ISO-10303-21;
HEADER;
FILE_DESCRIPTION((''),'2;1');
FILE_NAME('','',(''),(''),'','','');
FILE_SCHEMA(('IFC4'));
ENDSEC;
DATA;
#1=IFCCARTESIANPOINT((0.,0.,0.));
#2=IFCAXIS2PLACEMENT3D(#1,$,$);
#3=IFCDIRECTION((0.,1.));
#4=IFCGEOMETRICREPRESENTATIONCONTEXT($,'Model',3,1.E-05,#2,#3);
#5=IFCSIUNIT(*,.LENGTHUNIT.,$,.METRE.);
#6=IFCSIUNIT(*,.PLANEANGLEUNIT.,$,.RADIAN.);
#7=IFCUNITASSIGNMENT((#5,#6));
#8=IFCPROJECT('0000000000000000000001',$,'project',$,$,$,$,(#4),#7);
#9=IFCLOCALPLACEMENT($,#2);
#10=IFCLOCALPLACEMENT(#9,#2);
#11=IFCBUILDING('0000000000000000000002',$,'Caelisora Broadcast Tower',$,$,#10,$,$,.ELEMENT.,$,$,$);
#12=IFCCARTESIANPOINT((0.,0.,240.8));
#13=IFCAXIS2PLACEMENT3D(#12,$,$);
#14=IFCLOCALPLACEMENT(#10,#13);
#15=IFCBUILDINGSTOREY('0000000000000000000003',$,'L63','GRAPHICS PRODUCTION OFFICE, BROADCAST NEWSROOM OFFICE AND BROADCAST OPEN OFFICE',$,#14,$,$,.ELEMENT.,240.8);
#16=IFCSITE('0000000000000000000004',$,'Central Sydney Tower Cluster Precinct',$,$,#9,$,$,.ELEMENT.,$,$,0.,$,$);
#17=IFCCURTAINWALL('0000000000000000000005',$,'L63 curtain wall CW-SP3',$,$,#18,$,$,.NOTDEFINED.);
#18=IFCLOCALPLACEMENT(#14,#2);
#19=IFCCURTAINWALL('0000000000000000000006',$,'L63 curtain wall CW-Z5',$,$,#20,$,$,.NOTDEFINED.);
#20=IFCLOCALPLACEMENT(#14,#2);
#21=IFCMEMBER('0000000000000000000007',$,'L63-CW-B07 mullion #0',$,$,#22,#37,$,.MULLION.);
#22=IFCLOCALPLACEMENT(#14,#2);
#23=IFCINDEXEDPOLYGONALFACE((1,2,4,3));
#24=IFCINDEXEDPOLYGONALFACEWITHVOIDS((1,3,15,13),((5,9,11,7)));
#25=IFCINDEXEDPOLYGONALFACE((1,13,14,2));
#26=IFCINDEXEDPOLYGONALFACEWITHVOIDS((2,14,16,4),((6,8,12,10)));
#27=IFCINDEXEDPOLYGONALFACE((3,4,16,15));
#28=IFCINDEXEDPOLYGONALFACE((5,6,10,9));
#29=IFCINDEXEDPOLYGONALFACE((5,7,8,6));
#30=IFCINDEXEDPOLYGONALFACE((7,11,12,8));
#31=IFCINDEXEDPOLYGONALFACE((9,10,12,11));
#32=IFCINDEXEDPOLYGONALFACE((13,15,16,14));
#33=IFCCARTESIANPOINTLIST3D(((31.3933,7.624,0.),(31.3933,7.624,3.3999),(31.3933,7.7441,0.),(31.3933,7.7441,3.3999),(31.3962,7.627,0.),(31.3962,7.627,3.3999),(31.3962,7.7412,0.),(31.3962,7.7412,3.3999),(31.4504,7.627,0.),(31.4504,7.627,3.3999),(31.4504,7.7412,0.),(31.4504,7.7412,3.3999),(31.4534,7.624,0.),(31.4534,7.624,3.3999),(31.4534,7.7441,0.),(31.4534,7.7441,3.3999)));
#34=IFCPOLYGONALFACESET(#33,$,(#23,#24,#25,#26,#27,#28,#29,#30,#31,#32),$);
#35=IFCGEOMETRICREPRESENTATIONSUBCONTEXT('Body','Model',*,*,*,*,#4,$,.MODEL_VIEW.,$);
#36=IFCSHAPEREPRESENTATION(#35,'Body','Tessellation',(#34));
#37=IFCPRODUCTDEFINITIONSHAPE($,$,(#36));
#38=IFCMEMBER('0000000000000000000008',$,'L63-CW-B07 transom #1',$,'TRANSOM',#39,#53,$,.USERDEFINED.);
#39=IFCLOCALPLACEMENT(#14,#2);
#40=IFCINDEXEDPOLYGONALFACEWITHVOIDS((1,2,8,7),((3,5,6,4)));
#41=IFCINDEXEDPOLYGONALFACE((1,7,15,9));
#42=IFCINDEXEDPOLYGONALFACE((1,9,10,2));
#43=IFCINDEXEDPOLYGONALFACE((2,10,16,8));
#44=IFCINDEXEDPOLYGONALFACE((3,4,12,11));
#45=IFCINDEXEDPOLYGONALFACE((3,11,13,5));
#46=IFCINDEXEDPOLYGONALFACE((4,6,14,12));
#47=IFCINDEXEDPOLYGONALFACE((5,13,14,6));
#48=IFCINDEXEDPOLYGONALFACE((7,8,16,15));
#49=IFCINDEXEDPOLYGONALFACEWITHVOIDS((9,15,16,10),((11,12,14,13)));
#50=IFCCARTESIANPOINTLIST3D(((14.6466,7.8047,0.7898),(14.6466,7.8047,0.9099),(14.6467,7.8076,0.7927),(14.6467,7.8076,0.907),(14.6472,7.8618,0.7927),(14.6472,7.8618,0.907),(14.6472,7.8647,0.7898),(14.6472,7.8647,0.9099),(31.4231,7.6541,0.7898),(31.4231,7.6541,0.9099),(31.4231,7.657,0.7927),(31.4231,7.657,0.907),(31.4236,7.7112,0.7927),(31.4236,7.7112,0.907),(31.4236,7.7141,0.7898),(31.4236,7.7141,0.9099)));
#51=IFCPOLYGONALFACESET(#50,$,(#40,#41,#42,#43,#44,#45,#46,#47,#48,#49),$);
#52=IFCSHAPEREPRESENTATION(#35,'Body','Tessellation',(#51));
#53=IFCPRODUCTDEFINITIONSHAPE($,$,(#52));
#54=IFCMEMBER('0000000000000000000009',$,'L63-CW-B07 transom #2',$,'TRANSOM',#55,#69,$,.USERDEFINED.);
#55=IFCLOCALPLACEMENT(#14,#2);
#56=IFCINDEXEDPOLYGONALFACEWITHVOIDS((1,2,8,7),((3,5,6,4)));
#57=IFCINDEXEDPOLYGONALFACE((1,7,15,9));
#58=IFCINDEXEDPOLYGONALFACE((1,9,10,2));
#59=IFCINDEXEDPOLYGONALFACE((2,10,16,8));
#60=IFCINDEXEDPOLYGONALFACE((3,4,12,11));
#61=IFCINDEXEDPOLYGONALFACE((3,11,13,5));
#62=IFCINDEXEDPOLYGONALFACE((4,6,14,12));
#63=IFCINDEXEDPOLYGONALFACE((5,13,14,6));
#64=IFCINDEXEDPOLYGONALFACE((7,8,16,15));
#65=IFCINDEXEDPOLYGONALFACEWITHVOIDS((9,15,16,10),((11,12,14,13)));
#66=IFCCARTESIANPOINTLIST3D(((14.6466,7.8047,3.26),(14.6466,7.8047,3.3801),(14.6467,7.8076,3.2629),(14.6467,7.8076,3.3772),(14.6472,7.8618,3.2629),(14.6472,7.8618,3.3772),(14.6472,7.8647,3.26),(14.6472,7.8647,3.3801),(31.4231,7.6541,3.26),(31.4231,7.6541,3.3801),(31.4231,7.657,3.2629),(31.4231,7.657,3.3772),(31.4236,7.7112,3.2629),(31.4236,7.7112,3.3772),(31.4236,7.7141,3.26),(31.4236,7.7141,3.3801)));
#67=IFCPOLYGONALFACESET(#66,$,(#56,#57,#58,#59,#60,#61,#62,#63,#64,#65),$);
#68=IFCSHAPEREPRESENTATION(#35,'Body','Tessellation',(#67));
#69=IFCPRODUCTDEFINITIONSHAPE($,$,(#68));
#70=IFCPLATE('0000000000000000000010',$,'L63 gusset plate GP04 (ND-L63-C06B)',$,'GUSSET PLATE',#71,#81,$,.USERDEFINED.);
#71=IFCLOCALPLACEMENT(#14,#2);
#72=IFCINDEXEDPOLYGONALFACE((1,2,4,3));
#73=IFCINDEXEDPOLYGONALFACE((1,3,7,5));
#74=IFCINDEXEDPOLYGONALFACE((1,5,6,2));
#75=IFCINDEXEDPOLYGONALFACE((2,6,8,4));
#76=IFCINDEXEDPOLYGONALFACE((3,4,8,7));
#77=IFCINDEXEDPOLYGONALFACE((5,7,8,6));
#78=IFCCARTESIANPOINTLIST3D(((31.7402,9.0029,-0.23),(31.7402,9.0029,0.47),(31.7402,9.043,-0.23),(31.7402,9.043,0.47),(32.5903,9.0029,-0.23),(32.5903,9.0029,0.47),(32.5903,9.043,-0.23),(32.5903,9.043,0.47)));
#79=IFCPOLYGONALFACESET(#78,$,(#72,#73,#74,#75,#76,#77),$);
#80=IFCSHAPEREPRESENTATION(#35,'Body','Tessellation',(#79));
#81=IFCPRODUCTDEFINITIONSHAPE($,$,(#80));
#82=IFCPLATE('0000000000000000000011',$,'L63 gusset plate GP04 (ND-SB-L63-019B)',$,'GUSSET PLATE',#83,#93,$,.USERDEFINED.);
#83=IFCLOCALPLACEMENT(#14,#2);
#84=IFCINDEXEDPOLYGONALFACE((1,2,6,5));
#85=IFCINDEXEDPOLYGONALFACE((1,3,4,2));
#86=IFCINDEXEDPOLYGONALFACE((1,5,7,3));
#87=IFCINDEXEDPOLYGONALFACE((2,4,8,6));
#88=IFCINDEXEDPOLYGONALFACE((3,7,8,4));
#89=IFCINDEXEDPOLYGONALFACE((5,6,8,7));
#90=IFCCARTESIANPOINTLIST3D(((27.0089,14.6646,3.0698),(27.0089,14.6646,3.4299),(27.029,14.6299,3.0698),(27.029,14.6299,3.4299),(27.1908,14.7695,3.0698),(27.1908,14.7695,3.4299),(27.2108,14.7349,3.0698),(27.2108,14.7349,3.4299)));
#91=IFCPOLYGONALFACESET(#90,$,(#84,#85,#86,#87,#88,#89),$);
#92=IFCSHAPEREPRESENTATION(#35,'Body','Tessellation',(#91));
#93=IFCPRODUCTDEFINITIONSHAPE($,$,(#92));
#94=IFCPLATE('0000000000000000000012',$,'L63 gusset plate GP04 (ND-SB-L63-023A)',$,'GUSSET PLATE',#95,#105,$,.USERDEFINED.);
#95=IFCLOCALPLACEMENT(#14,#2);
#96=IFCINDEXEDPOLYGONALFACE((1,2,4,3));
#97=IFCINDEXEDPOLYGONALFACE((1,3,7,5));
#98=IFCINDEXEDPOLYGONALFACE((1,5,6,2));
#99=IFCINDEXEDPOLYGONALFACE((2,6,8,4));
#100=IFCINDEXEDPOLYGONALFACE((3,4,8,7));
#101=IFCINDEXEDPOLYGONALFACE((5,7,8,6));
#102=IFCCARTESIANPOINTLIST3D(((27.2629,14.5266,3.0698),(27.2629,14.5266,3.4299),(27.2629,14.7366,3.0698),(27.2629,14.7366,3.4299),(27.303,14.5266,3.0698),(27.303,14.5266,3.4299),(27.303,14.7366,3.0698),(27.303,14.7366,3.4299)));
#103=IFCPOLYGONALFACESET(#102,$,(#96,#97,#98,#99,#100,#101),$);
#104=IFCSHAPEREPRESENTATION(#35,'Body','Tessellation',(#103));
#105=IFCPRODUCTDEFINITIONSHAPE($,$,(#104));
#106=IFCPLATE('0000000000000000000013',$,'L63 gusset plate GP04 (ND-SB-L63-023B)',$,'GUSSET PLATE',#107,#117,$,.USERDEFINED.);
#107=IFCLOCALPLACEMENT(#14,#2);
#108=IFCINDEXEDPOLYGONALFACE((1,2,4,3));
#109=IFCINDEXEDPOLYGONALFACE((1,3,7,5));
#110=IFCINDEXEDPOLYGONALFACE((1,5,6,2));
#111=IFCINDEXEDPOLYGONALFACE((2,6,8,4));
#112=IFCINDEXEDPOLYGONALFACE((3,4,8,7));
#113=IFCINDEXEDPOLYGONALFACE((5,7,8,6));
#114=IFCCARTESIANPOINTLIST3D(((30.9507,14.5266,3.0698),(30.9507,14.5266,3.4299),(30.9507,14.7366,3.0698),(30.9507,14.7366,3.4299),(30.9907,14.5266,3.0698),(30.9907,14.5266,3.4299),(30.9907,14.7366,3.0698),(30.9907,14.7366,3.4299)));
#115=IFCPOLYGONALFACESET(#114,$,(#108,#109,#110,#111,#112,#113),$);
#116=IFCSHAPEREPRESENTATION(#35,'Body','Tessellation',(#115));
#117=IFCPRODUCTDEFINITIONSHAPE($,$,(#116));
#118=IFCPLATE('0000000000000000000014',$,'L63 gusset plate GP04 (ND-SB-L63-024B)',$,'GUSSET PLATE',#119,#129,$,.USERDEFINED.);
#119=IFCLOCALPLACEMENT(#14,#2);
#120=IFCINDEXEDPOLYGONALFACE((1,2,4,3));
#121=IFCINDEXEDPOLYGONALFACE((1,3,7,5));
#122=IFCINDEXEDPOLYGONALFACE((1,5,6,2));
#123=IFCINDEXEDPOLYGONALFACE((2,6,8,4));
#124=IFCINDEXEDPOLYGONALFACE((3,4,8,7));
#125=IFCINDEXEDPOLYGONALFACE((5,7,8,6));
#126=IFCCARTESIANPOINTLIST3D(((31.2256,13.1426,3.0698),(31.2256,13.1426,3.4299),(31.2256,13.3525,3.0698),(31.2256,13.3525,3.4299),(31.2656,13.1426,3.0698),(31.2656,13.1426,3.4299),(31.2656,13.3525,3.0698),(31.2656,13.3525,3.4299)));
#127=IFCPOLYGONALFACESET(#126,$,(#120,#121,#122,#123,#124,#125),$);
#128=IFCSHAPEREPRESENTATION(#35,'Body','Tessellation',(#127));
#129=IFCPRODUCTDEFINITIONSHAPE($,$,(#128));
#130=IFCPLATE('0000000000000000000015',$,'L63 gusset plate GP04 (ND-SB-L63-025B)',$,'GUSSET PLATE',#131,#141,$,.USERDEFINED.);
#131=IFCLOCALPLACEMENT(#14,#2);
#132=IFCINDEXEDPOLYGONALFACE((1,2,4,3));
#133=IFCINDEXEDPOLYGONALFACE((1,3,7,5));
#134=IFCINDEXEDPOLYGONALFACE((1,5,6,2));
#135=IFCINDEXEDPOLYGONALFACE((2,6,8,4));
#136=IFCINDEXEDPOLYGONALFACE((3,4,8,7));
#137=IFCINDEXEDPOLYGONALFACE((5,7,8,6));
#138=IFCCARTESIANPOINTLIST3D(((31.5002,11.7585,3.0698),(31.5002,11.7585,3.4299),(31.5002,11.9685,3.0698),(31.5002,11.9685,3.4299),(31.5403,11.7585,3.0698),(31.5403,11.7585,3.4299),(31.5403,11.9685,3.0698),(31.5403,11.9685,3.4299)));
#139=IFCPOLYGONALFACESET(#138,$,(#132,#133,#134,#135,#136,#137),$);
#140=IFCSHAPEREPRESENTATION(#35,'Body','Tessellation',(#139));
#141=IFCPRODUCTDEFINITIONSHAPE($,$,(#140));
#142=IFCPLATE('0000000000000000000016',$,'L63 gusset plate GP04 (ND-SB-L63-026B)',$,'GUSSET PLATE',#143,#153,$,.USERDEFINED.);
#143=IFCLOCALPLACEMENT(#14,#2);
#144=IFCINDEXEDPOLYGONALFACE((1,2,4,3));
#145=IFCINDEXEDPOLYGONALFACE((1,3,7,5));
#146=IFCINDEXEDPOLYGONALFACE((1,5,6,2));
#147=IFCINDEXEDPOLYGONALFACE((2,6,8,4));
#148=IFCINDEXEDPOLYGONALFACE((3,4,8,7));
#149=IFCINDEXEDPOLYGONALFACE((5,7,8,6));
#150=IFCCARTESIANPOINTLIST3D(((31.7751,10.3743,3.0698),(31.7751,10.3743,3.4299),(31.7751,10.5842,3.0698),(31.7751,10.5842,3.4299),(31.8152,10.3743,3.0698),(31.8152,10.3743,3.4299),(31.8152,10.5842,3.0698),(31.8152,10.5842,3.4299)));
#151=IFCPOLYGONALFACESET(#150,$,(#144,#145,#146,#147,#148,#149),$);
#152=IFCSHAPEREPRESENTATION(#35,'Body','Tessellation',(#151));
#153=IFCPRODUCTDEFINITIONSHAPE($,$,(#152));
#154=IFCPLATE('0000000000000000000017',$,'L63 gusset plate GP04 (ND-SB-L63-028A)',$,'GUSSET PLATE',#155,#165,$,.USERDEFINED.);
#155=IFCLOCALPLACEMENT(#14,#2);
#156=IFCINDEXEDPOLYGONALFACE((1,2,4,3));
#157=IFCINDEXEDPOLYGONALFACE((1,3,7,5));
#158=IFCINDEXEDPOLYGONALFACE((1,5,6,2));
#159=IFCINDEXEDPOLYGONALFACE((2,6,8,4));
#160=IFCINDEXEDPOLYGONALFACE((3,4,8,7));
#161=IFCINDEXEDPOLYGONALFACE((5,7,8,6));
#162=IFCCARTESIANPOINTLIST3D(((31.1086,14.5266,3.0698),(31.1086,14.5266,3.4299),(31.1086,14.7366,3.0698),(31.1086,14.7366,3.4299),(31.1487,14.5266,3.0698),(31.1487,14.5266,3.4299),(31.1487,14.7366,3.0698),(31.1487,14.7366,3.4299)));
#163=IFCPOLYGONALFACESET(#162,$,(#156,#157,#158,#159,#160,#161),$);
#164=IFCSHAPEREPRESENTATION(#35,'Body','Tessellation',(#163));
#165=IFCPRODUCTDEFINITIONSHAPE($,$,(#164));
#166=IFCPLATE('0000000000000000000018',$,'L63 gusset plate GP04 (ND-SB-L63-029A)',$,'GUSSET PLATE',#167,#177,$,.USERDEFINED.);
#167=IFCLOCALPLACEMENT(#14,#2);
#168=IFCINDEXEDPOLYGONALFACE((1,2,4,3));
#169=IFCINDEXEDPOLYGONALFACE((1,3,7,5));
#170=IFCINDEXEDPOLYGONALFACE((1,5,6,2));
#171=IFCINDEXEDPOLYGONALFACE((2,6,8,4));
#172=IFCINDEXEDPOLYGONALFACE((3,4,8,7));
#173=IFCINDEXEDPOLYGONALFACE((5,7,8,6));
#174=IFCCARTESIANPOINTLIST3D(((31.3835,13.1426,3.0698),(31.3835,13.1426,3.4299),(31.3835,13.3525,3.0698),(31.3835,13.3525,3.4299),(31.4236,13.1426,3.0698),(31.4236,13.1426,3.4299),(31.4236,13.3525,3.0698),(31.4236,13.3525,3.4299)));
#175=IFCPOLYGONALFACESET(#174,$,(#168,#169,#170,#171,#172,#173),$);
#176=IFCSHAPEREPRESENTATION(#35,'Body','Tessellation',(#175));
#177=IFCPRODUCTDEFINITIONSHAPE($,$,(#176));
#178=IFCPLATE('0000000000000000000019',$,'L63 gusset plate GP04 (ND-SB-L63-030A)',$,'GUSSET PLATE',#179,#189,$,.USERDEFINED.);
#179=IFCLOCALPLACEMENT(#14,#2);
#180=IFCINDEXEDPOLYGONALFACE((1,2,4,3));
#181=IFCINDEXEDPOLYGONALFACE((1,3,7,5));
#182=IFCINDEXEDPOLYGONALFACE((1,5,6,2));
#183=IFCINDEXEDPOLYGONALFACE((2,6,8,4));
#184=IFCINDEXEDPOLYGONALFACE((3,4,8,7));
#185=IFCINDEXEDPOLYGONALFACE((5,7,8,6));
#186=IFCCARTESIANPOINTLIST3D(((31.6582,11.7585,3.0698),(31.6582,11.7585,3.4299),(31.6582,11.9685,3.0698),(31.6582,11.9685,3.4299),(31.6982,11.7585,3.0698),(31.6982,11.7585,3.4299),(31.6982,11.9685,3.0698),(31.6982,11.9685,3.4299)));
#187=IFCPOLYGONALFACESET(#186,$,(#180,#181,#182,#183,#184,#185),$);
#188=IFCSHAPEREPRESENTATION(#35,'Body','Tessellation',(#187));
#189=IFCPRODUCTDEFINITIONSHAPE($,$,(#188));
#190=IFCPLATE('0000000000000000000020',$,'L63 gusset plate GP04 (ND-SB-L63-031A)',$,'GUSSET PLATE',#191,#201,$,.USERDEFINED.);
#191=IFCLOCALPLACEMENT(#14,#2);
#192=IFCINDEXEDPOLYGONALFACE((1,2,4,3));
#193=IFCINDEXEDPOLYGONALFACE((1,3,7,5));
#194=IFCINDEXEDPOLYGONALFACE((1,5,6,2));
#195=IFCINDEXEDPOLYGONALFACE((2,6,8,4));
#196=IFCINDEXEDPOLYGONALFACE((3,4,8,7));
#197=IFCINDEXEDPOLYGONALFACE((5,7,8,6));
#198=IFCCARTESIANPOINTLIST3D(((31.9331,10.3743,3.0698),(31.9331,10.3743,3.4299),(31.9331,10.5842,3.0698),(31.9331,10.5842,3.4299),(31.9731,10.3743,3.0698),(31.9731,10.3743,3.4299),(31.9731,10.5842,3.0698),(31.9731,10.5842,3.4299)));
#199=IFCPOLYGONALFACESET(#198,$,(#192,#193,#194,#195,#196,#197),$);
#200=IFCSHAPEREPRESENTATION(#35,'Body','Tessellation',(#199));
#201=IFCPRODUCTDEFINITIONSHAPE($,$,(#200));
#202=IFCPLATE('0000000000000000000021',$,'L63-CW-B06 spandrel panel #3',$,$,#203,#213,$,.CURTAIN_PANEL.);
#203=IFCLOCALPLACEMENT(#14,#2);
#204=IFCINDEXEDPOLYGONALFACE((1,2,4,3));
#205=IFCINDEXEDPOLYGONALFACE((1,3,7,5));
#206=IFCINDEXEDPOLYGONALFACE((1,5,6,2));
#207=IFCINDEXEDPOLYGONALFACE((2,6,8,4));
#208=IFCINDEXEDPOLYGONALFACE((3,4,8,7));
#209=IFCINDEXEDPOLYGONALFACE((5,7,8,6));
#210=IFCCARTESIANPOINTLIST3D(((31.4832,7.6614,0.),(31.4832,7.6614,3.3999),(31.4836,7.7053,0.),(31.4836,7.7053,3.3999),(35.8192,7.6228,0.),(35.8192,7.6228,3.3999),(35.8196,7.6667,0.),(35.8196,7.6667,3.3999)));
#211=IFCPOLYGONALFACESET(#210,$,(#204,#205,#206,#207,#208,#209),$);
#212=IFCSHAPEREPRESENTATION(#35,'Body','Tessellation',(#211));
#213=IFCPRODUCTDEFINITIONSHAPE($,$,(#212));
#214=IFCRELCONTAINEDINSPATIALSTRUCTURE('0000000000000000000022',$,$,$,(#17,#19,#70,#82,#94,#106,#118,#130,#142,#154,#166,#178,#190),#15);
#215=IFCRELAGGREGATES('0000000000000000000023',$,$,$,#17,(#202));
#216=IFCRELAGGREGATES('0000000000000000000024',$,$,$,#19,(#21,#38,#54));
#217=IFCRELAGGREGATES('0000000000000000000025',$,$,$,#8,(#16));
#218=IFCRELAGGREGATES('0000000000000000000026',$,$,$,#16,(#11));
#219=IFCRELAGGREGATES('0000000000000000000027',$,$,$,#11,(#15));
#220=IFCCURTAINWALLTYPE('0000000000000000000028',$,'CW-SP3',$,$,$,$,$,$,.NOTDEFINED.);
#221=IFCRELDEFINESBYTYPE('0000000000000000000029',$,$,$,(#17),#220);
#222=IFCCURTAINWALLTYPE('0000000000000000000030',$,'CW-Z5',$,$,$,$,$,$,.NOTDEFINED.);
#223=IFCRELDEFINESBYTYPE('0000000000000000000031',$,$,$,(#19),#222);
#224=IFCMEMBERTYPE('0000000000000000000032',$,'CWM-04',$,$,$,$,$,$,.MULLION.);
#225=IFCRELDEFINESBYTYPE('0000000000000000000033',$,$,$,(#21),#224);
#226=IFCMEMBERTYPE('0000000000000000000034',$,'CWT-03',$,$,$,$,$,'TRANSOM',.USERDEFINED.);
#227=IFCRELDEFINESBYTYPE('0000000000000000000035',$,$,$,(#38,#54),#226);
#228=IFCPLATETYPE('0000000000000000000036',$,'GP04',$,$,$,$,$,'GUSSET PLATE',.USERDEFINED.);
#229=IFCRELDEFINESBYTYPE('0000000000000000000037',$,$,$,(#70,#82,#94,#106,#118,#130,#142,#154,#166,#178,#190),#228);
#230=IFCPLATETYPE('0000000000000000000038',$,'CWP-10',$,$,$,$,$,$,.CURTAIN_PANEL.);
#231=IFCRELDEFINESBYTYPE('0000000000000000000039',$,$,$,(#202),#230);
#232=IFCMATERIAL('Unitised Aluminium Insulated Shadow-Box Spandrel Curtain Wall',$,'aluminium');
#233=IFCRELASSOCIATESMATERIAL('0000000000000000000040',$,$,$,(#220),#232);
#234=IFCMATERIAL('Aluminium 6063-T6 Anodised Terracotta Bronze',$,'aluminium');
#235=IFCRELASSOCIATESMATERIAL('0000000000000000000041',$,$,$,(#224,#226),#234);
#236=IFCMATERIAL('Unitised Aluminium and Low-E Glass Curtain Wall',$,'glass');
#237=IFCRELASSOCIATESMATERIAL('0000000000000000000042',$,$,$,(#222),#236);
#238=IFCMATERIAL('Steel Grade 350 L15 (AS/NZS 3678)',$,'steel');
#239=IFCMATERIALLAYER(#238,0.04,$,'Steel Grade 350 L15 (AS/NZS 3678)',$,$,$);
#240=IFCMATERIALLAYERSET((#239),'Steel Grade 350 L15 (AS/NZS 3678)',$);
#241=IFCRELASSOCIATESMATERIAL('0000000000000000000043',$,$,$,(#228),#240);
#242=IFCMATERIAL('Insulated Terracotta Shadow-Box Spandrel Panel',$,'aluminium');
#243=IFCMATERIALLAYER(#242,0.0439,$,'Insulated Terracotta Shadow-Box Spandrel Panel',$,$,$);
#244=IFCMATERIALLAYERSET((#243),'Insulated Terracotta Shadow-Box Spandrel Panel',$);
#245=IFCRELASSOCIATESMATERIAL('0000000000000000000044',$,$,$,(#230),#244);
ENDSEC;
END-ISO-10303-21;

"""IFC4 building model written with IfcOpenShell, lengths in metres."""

from ifc_helpers import new_model, si_unit, direction, frame, origin, origin_2d, place, context, subcontext, project, spatial, rectangle, hollow_rectangle, extrude, source, transform, mapped, material, layer, layer_set, material_profile, profile_set, type_object, type_shapes, element, aggregate, save


model = new_model("IFC4")

# Units and contexts
model_context = context("Model", 3, precision=1e-05, world=origin(), true_north=direction((0.0, 1.0)))
body_context = subcontext(model_context, "Body", "Model", "MODEL_VIEW")
ifc_project = project(units=[si_unit("LENGTHUNIT", "METRE"), si_unit("PLANEANGLEUNIT", "RADIAN")], contexts=[model_context])

# Site, building, storey
site_placement = place(None, origin())
site = spatial("IfcSite", under=ifc_project, at=site_placement, Name="Central Sydney Tower Cluster Precinct", CompositionType="ELEMENT", RefElevation=0.0)
building_placement = place(site_placement, origin())
building = spatial("IfcBuilding", under=site, at=building_placement, Name="Caelisora Broadcast Tower", CompositionType="ELEMENT")
storey_placement = place(building_placement, frame((0.0, 0.0, 240.8)))
storey = spatial("IfcBuildingStorey", under=building, at=storey_placement, Name="L63", Description="GRAPHICS PRODUCTION OFFICE, BROADCAST NEWSROOM OFFICE AND BROADCAST OPEN OFFICE", CompositionType="ELEMENT", Elevation=240.8)

# Shared definitions
ifc_material_1 = material(Name="Steel Grade 350 L15 (AS/NZS 3678)", Category="steel")

# Curtain wall
ifc_material_2 = material(Name="Unitised Aluminium Insulated Shadow-Box Spandrel Curtain Wall", Category="aluminium")
curtain_wall_type_1 = type_object("IfcCurtainWallType", Name="CW-SP3", PredefinedType="NOTDEFINED", material=ifc_material_2)
curtain_wall_1_placement = place(storey_placement, origin())
curtain_wall_1 = element("IfcCurtainWall", 1, at=curtain_wall_1_placement, inside=storey, type_object=curtain_wall_type_1, Name="L63 curtain wall CW-SP3", PredefinedType="NOTDEFINED")
ifc_material_3 = material(Name="Aluminium 6063-T6 Anodised Terracotta Bronze", Category="aluminium")
ifc_material_profile_1 = material_profile(ifc_material_3, hollow_rectangle(XDim=0.0601, YDim=0.1201, WallThickness=0.0029, at=origin_2d()), Name="Aluminium 6063-T6 Anodised Terracotta Bronze")
ifc_profile_set_1 = profile_set([ifc_material_profile_1], Name="Aluminium 6063-T6 Anodised Terracotta Bronze")
member_type_1 = type_object("IfcMemberType", Name="CWM-04", PredefinedType="MULLION", material=ifc_profile_set_1)
shared_shape_1 = source(origin(), body_context, "Body", "SweptSolid", [
    extrude(hollow_rectangle(XDim=0.0601, YDim=0.1201, WallThickness=0.0029, at=origin_2d()), origin(), (0.0, 0.0, 1.0), 3.3999),
])
type_shapes(member_type_1, [shared_shape_1])

# Curtain wall, members
ifc_material_4 = material(Name="Unitised Aluminium and Low-E Glass Curtain Wall", Category="glass")
curtain_wall_type_2 = type_object("IfcCurtainWallType", Name="CW-Z5", PredefinedType="NOTDEFINED", material=ifc_material_4)
curtain_wall_2_placement = place(storey_placement, origin())
curtain_wall_2 = element("IfcCurtainWall", 2, at=curtain_wall_2_placement, inside=storey, type_object=curtain_wall_type_2, Name="L63 curtain wall CW-Z5", PredefinedType="NOTDEFINED")
member_1_placement = place(storey_placement, frame((31.4233, 7.6841, 0.0), z_axis=(0.0, 0.0, 1.0), x_axis=(1.0, 0.0, 0.0)))
member_1 = element("IfcMember", 3, at=member_1_placement, type_object=member_type_1, Name="L63-CW-B07 mullion #0", PredefinedType="MULLION", context=body_context, shape_type="MappedRepresentation", body=[
    mapped(shared_shape_1, transform((0.0, 0.0, 0.0), scale=1.0)),
])
ifc_material_profile_2 = material_profile(ifc_material_3, hollow_rectangle(XDim=0.0601, YDim=0.1201, WallThickness=0.0029, at=origin_2d()), Name="Aluminium 6063-T6 Anodised Terracotta Bronze")
ifc_profile_set_2 = profile_set([ifc_material_profile_2], Name="Aluminium 6063-T6 Anodised Terracotta Bronze")
member_type_2 = type_object("IfcMemberType", Name="CWT-03", ElementType="TRANSOM", PredefinedType="USERDEFINED", material=ifc_profile_set_2)
shared_shape_2 = source(origin(), body_context, "Body", "SweptSolid", [
    extrude(hollow_rectangle(XDim=0.0601, YDim=0.1201, WallThickness=0.0029, at=origin_2d()), origin(), (0.0, 0.0, 1.0), 16.7771),
])
type_shapes(member_type_2, [shared_shape_2])
member_2_placement = place(storey_placement, frame((31.4233, 7.6841, 0.8499), z_axis=(-0.99996, 0.008979, 0.0), x_axis=(-0.008979, -0.99996, 0.0)))
member_2 = element("IfcMember", 4, at=member_2_placement, type_object=member_type_2, Name="L63-CW-B07 transom #1", ObjectType="TRANSOM", PredefinedType="USERDEFINED", context=body_context, shape_type="MappedRepresentation", body=[
    mapped(shared_shape_2, transform((0.0, 0.0, 0.0), scale=1.0)),
])
member_3_placement = place(storey_placement, frame((31.4233, 7.6841, 3.3201), z_axis=(-0.99996, 0.008979, 0.0), x_axis=(-0.008979, -0.99996, 0.0)))
member_3 = element("IfcMember", 5, at=member_3_placement, type_object=member_type_2, Name="L63-CW-B07 transom #2", ObjectType="TRANSOM", PredefinedType="USERDEFINED", context=body_context, shape_type="MappedRepresentation", body=[
    mapped(shared_shape_2, transform((0.0, 0.0, 0.0), scale=1.0)),
])

# Plates
ifc_layer_1 = layer(ifc_material_1, 0.04, Name="Steel Grade 350 L15 (AS/NZS 3678)")
ifc_layer_set_1 = layer_set([ifc_layer_1], Name="Steel Grade 350 L15 (AS/NZS 3678)")
plate_type_1 = type_object("IfcPlateType", Name="GP04", ElementType="GUSSET PLATE", PredefinedType="USERDEFINED", material=ifc_layer_set_1)
shared_shape_3 = source(origin(), body_context, "Body", "SweptSolid", [
    extrude(rectangle(XDim=0.8501, YDim=0.04, at=origin_2d()), origin(), (0.0, 0.0, 1.0), 0.7),
])
plate_1_placement = place(storey_placement, frame((32.1653, 9.0229, -0.23), z_axis=(0.0, 0.0, 1.0), x_axis=(1.0, 0.0, 0.0)))
element("IfcPlate", 6, at=plate_1_placement, inside=storey, type_object=plate_type_1, Name="L63 gusset plate GP04 (ND-L63-C06B)", ObjectType="GUSSET PLATE", PredefinedType="USERDEFINED", context=body_context, shape_type="MappedRepresentation", body=[
    mapped(shared_shape_3, transform((0.0, 0.0, 0.0), scale=1.0)),
])
shared_shape_4 = source(origin(), body_context, "Body", "SweptSolid", [
    extrude(rectangle(XDim=0.21, YDim=0.04, at=origin_2d()), origin(), (0.0, 0.0, 1.0), 0.3601),
])
type_shapes(plate_type_1, [shared_shape_3, shared_shape_4])
for number, where, z_axis, x_axis, name in (
    (7, (27.1099, 14.6997, 3.0698), (0.0, 0.0, 1.0), (0.866025, 0.5, 0.0), "L63 gusset plate GP04 (ND-SB-L63-019B)"),
    (8, (27.283, 14.6316, 3.0698), (0.0, 0.0, 1.0), (0.0, 1.0, 0.0), "L63 gusset plate GP04 (ND-SB-L63-023A)"),
    (9, (30.9707, 14.6316, 3.0698), (0.0, 0.0, 1.0), (0.0, 1.0, 0.0), "L63 gusset plate GP04 (ND-SB-L63-023B)"),
    (10, (31.2456, 13.2476, 3.0698), (0.0, 0.0, 1.0), (0.0, 1.0, 0.0), "L63 gusset plate GP04 (ND-SB-L63-024B)"),
    (11, (31.5203, 11.8635, 3.0698), (0.0, 0.0, 1.0), (0.0, 1.0, 0.0), "L63 gusset plate GP04 (ND-SB-L63-025B)"),
    (12, (31.7952, 10.4792, 3.0698), (0.0, 0.0, 1.0), (0.0, 1.0, 0.0), "L63 gusset plate GP04 (ND-SB-L63-026B)"),
    (13, (31.1287, 14.6316, 3.0698), (0.0, 0.0, 1.0), (0.0, 1.0, 0.0), "L63 gusset plate GP04 (ND-SB-L63-028A)"),
    (14, (31.4036, 13.2476, 3.0698), (0.0, 0.0, 1.0), (0.0, 1.0, 0.0), "L63 gusset plate GP04 (ND-SB-L63-029A)"),
    (15, (31.6782, 11.8635, 3.0698), (0.0, 0.0, 1.0), (0.0, 1.0, 0.0), "L63 gusset plate GP04 (ND-SB-L63-030A)"),
    (16, (31.9531, 10.4792, 3.0698), (0.0, 0.0, 1.0), (0.0, 1.0, 0.0), "L63 gusset plate GP04 (ND-SB-L63-031A)"),
):
    element("IfcPlate", number, at=place(storey_placement, frame(where, z_axis=z_axis, x_axis=x_axis)), inside=storey, type_object=plate_type_1, Name=name, ObjectType="GUSSET PLATE", PredefinedType="USERDEFINED", context=body_context, shape_type="MappedRepresentation", body=[
        mapped(shared_shape_4, transform((0.0, 0.0, 0.0), scale=1.0)),
    ])

# Plate
ifc_material_5 = material(Name="Insulated Terracotta Shadow-Box Spandrel Panel", Category="aluminium")
ifc_layer_2 = layer(ifc_material_5, 0.0439, Name="Insulated Terracotta Shadow-Box Spandrel Panel")
ifc_layer_set_2 = layer_set([ifc_layer_2], Name="Insulated Terracotta Shadow-Box Spandrel Panel")
plate_type_2 = type_object("IfcPlateType", Name="CWP-10", PredefinedType="CURTAIN_PANEL", material=ifc_layer_set_2)
shared_shape_5 = source(origin(), body_context, "Body", "SweptSolid", [
    extrude(rectangle(XDim=4.3362, YDim=0.0439, at=origin_2d()), origin(), (0.0, 0.0, 1.0), 3.3999),
])
type_shapes(plate_type_2, [shared_shape_5])
plate_2_placement = place(storey_placement, frame((33.6514, 7.6641, 0.0), z_axis=(0.0, 0.0, 1.0), x_axis=(-0.99996, 0.008901, 0.0)))
plate_2 = element("IfcPlate", 17, at=plate_2_placement, type_object=plate_type_2, Name="L63-CW-B06 spandrel panel #3", PredefinedType="CURTAIN_PANEL", context=body_context, shape_type="MappedRepresentation", body=[
    mapped(shared_shape_5, transform((0.0, 0.0, 0.0), scale=1.0)),
])
aggregate(curtain_wall_1, [plate_2])
aggregate(curtain_wall_2, [member_1, member_2, member_3])

save(model, "model.ifc")
